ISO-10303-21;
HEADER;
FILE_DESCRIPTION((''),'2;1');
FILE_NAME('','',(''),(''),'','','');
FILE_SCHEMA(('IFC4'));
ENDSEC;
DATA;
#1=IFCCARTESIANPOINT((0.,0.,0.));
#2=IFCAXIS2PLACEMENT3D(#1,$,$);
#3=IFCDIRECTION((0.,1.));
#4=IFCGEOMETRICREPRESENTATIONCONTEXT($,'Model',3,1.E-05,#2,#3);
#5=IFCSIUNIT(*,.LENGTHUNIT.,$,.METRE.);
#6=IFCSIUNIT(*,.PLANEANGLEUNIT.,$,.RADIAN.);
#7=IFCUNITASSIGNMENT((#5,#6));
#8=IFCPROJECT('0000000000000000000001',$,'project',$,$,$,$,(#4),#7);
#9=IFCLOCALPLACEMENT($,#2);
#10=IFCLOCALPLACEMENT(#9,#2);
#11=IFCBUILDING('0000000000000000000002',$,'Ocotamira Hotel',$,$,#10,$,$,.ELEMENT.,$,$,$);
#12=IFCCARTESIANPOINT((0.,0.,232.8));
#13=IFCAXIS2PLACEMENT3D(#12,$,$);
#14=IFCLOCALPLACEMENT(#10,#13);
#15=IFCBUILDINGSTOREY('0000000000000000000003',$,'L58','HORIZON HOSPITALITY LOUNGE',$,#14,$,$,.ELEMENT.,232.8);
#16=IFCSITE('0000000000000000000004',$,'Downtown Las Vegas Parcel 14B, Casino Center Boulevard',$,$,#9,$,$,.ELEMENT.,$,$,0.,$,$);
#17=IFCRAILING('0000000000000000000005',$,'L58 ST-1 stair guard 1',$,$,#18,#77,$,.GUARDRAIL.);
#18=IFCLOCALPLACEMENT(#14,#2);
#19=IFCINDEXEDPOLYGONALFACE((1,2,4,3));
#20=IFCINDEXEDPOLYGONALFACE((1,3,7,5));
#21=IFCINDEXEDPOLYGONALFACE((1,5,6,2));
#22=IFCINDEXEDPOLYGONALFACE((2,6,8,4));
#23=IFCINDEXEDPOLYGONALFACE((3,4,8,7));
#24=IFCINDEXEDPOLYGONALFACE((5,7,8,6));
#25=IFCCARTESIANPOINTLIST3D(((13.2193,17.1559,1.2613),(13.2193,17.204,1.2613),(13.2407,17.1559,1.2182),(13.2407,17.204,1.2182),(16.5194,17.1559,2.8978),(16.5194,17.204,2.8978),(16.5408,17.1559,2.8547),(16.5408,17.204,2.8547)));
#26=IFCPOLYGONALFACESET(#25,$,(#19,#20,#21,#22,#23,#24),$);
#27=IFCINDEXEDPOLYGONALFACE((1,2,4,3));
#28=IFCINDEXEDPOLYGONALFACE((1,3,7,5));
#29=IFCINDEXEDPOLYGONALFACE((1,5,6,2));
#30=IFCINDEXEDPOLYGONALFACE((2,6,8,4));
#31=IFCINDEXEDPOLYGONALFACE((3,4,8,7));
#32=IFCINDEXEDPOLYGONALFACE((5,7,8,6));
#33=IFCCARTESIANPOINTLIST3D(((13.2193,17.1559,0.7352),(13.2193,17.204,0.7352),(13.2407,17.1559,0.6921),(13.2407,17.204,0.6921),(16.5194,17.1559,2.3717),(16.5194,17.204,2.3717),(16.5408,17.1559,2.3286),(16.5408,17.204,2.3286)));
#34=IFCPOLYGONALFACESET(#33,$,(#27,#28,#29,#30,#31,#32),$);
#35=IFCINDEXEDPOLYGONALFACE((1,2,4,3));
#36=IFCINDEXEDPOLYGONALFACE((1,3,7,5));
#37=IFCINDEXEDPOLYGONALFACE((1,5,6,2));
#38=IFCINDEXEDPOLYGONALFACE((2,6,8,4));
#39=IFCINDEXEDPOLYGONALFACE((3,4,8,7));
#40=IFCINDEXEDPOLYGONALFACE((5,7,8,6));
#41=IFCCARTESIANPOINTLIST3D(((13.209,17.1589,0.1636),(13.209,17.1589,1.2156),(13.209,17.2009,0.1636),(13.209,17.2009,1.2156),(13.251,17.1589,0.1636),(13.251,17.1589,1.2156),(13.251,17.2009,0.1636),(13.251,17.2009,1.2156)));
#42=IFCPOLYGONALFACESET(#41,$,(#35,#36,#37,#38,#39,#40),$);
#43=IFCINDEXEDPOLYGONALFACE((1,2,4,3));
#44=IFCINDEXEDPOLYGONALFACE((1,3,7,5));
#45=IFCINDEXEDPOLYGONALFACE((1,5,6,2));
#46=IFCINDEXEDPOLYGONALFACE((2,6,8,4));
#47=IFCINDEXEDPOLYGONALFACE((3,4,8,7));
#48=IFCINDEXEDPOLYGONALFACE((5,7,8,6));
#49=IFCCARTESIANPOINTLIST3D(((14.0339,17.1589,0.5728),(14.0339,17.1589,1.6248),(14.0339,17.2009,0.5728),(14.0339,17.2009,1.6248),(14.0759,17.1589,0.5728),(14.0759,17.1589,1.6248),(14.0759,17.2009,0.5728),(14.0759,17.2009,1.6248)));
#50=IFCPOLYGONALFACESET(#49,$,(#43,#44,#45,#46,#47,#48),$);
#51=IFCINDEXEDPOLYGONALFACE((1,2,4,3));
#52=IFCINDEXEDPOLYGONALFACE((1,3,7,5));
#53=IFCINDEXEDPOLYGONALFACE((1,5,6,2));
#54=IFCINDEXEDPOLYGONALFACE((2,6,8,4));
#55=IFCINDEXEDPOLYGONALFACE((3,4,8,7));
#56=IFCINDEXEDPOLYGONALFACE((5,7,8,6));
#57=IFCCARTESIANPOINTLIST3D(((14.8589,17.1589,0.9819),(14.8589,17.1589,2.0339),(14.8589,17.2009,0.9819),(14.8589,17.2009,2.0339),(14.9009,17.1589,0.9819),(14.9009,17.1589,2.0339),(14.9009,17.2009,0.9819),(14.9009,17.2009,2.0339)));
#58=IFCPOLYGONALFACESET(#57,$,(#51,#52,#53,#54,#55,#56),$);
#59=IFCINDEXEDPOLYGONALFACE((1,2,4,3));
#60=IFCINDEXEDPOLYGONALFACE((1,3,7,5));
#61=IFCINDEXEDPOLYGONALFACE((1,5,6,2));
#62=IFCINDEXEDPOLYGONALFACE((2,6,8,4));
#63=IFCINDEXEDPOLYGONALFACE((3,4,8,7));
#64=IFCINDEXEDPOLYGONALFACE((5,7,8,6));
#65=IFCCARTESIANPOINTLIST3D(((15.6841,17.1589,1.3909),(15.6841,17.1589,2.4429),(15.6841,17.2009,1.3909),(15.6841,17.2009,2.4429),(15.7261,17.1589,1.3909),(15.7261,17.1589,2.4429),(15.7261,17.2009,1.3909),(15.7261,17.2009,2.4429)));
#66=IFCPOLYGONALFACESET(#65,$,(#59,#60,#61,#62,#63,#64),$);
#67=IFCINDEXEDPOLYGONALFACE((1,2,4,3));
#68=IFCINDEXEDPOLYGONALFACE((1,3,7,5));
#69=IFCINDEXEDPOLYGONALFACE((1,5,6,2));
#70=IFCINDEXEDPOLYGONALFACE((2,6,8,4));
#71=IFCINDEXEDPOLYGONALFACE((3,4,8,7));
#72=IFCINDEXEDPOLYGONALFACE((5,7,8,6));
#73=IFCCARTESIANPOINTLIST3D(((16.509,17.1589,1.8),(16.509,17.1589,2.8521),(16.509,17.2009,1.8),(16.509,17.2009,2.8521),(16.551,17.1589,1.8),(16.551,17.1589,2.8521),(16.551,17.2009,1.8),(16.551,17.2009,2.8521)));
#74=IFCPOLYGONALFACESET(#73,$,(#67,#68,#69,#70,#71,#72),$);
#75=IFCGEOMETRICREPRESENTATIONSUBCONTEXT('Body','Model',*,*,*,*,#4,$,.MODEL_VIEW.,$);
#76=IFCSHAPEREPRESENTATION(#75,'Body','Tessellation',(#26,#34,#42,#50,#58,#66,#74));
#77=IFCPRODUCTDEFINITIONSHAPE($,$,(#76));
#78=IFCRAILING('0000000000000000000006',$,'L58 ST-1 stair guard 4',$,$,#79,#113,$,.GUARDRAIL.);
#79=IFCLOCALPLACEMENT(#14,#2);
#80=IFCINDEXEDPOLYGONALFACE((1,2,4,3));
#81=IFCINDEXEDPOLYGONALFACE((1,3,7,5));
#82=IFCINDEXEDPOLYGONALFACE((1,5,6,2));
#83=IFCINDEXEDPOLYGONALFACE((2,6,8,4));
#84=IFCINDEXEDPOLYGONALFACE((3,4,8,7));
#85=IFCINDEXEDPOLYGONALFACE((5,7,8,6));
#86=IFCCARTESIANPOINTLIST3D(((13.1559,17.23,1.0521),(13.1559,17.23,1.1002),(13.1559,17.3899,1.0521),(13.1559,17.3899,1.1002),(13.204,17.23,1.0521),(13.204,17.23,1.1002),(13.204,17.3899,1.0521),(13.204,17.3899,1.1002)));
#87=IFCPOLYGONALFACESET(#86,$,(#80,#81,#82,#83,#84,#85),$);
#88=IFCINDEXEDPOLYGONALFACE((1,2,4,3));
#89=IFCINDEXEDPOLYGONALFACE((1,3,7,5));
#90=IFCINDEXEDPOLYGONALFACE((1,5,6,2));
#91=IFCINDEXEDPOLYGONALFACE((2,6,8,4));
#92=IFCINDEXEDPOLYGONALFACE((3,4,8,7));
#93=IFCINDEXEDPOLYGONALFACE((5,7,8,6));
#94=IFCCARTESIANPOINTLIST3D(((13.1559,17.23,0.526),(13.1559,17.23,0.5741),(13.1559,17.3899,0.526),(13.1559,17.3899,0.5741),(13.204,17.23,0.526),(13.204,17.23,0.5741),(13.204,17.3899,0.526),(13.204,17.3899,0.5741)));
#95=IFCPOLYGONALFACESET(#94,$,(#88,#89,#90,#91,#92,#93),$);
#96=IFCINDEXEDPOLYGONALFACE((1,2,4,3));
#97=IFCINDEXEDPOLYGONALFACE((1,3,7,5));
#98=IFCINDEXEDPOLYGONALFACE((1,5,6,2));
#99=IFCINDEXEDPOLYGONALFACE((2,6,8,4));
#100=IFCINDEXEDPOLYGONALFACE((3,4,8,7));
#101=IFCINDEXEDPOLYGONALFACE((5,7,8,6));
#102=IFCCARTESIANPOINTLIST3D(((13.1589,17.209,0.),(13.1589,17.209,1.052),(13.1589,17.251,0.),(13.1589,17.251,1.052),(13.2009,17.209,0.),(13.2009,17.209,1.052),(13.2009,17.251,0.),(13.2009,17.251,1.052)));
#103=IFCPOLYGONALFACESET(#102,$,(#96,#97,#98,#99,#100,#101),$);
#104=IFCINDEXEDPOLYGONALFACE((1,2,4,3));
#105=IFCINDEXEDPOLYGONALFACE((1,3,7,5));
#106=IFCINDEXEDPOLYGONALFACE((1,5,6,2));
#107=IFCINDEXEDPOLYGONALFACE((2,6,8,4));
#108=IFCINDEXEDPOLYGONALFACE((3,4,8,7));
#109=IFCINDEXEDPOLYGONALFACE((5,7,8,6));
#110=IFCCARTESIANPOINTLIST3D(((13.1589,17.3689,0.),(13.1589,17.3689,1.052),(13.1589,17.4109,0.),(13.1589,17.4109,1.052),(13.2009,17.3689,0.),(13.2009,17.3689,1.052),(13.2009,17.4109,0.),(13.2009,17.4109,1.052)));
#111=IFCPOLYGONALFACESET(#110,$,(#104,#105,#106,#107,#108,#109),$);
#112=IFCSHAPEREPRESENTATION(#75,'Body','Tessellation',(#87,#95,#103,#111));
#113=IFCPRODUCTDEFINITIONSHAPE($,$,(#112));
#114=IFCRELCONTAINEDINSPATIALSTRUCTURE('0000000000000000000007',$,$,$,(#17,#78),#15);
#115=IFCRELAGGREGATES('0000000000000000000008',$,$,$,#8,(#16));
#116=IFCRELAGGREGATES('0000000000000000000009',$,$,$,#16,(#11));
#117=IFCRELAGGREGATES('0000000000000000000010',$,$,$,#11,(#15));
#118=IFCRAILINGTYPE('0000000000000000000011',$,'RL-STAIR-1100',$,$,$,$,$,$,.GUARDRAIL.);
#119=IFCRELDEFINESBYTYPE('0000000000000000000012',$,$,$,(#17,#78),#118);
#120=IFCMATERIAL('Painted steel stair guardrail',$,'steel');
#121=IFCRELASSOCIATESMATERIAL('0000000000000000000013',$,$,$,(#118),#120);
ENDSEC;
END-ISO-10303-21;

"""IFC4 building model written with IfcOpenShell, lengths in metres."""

from ifc_helpers import new_model, si_unit, direction, frame, origin, origin_2d, place, context, subcontext, project, spatial, rectangle, extrude, material, type_object, element, save


model = new_model("IFC4")

# Units and contexts
model_context = context("Model", 3, precision=1e-05, world=origin(), true_north=direction((0.0, 1.0)))
body_context = subcontext(model_context, "Body", "Model", "MODEL_VIEW")
ifc_project = project(units=[si_unit("LENGTHUNIT", "METRE"), si_unit("PLANEANGLEUNIT", "RADIAN")], contexts=[model_context])

# Site, building, storey
site_placement = place(None, origin())
site = spatial("IfcSite", under=ifc_project, at=site_placement, Name="Downtown Las Vegas Parcel 14B, Casino Center Boulevard", CompositionType="ELEMENT", RefElevation=0.0)
building_placement = place(site_placement, origin())
building = spatial("IfcBuilding", under=site, at=building_placement, Name="Ocotamira Hotel", CompositionType="ELEMENT")
storey_placement = place(building_placement, frame((0.0, 0.0, 232.8)))
storey = spatial("IfcBuildingStorey", under=building, at=storey_placement, Name="L58", Description="HORIZON HOSPITALITY LOUNGE", CompositionType="ELEMENT", Elevation=232.8)

# Railings
ifc_material_1 = material(Name="Painted steel stair guardrail", Category="steel")
railing_type_1 = type_object("IfcRailingType", Name="RL-STAIR-1100", PredefinedType="GUARDRAIL", material=ifc_material_1)
railing_1_placement = place(storey_placement, frame((13.23, 17.1799, 0.1636)))
element("IfcRailing", 1, at=railing_1_placement, inside=storey, type_object=railing_type_1, Name="L58 ST-1 stair guard 1", PredefinedType="GUARDRAIL", context=body_context, shape_type="SweptSolid", body=[
    extrude(rectangle(XDim=0.0481, YDim=0.0481, at=origin_2d()), frame((0.0, 0.0, 1.0762), z_axis=(0.895894, 0.0, 0.444268), x_axis=(0.0, 1.0, 0.0)), (0.0, 0.0, 1.0), 3.6836),
    extrude(rectangle(XDim=0.0481, YDim=0.0481, at=origin_2d()), frame((0.0, 0.0, 0.55), z_axis=(0.895894, 0.0, 0.444268), x_axis=(0.0, 1.0, 0.0)), (0.0, 0.0, 1.0), 3.6836),
    extrude(rectangle(XDim=0.042, YDim=0.042, at=origin_2d()), origin(), (0.0, 0.0, 1.0), 1.052),
    extrude(rectangle(XDim=0.042, YDim=0.042, at=origin_2d()), frame((0.825, 0.0, 0.4092)), (0.0, 0.0, 1.0), 1.052),
    extrude(rectangle(XDim=0.042, YDim=0.042, at=origin_2d()), frame((1.6499, 0.0, 0.8184)), (0.0, 0.0, 1.0), 1.052),
    extrude(rectangle(XDim=0.042, YDim=0.042, at=origin_2d()), frame((2.4751, 0.0, 1.2273)), (0.0, 0.0, 1.0), 1.052),
    extrude(rectangle(XDim=0.042, YDim=0.042, at=origin_2d()), frame((3.3, 0.0, 1.6365)), (0.0, 0.0, 1.0), 1.052),
])
railing_2_placement = place(storey_placement, frame((13.1799, 17.23, 0.0)))
element("IfcRailing", 2, at=railing_2_placement, inside=storey, type_object=railing_type_1, Name="L58 ST-1 stair guard 4", PredefinedType="GUARDRAIL", context=body_context, shape_type="SweptSolid", body=[
    extrude(rectangle(XDim=0.0481, YDim=0.0481, at=origin_2d()), frame((0.0, 0.0, 1.0762), z_axis=(0.0, 1.0, 0.0), x_axis=(-1.0, 0.0, 0.0)), (0.0, 0.0, 1.0), 0.1599),
    extrude(rectangle(XDim=0.0481, YDim=0.0481, at=origin_2d()), frame((0.0, 0.0, 0.55), z_axis=(0.0, 1.0, 0.0), x_axis=(-1.0, 0.0, 0.0)), (0.0, 0.0, 1.0), 0.1599),
    extrude(rectangle(XDim=0.042, YDim=0.042, at=origin_2d()), origin(), (0.0, 0.0, 1.0), 1.052),
    extrude(rectangle(XDim=0.042, YDim=0.042, at=origin_2d()), frame((0.0, 0.1599, 0.0)), (0.0, 0.0, 1.0), 1.052),
])

save(model, "model.ifc")
